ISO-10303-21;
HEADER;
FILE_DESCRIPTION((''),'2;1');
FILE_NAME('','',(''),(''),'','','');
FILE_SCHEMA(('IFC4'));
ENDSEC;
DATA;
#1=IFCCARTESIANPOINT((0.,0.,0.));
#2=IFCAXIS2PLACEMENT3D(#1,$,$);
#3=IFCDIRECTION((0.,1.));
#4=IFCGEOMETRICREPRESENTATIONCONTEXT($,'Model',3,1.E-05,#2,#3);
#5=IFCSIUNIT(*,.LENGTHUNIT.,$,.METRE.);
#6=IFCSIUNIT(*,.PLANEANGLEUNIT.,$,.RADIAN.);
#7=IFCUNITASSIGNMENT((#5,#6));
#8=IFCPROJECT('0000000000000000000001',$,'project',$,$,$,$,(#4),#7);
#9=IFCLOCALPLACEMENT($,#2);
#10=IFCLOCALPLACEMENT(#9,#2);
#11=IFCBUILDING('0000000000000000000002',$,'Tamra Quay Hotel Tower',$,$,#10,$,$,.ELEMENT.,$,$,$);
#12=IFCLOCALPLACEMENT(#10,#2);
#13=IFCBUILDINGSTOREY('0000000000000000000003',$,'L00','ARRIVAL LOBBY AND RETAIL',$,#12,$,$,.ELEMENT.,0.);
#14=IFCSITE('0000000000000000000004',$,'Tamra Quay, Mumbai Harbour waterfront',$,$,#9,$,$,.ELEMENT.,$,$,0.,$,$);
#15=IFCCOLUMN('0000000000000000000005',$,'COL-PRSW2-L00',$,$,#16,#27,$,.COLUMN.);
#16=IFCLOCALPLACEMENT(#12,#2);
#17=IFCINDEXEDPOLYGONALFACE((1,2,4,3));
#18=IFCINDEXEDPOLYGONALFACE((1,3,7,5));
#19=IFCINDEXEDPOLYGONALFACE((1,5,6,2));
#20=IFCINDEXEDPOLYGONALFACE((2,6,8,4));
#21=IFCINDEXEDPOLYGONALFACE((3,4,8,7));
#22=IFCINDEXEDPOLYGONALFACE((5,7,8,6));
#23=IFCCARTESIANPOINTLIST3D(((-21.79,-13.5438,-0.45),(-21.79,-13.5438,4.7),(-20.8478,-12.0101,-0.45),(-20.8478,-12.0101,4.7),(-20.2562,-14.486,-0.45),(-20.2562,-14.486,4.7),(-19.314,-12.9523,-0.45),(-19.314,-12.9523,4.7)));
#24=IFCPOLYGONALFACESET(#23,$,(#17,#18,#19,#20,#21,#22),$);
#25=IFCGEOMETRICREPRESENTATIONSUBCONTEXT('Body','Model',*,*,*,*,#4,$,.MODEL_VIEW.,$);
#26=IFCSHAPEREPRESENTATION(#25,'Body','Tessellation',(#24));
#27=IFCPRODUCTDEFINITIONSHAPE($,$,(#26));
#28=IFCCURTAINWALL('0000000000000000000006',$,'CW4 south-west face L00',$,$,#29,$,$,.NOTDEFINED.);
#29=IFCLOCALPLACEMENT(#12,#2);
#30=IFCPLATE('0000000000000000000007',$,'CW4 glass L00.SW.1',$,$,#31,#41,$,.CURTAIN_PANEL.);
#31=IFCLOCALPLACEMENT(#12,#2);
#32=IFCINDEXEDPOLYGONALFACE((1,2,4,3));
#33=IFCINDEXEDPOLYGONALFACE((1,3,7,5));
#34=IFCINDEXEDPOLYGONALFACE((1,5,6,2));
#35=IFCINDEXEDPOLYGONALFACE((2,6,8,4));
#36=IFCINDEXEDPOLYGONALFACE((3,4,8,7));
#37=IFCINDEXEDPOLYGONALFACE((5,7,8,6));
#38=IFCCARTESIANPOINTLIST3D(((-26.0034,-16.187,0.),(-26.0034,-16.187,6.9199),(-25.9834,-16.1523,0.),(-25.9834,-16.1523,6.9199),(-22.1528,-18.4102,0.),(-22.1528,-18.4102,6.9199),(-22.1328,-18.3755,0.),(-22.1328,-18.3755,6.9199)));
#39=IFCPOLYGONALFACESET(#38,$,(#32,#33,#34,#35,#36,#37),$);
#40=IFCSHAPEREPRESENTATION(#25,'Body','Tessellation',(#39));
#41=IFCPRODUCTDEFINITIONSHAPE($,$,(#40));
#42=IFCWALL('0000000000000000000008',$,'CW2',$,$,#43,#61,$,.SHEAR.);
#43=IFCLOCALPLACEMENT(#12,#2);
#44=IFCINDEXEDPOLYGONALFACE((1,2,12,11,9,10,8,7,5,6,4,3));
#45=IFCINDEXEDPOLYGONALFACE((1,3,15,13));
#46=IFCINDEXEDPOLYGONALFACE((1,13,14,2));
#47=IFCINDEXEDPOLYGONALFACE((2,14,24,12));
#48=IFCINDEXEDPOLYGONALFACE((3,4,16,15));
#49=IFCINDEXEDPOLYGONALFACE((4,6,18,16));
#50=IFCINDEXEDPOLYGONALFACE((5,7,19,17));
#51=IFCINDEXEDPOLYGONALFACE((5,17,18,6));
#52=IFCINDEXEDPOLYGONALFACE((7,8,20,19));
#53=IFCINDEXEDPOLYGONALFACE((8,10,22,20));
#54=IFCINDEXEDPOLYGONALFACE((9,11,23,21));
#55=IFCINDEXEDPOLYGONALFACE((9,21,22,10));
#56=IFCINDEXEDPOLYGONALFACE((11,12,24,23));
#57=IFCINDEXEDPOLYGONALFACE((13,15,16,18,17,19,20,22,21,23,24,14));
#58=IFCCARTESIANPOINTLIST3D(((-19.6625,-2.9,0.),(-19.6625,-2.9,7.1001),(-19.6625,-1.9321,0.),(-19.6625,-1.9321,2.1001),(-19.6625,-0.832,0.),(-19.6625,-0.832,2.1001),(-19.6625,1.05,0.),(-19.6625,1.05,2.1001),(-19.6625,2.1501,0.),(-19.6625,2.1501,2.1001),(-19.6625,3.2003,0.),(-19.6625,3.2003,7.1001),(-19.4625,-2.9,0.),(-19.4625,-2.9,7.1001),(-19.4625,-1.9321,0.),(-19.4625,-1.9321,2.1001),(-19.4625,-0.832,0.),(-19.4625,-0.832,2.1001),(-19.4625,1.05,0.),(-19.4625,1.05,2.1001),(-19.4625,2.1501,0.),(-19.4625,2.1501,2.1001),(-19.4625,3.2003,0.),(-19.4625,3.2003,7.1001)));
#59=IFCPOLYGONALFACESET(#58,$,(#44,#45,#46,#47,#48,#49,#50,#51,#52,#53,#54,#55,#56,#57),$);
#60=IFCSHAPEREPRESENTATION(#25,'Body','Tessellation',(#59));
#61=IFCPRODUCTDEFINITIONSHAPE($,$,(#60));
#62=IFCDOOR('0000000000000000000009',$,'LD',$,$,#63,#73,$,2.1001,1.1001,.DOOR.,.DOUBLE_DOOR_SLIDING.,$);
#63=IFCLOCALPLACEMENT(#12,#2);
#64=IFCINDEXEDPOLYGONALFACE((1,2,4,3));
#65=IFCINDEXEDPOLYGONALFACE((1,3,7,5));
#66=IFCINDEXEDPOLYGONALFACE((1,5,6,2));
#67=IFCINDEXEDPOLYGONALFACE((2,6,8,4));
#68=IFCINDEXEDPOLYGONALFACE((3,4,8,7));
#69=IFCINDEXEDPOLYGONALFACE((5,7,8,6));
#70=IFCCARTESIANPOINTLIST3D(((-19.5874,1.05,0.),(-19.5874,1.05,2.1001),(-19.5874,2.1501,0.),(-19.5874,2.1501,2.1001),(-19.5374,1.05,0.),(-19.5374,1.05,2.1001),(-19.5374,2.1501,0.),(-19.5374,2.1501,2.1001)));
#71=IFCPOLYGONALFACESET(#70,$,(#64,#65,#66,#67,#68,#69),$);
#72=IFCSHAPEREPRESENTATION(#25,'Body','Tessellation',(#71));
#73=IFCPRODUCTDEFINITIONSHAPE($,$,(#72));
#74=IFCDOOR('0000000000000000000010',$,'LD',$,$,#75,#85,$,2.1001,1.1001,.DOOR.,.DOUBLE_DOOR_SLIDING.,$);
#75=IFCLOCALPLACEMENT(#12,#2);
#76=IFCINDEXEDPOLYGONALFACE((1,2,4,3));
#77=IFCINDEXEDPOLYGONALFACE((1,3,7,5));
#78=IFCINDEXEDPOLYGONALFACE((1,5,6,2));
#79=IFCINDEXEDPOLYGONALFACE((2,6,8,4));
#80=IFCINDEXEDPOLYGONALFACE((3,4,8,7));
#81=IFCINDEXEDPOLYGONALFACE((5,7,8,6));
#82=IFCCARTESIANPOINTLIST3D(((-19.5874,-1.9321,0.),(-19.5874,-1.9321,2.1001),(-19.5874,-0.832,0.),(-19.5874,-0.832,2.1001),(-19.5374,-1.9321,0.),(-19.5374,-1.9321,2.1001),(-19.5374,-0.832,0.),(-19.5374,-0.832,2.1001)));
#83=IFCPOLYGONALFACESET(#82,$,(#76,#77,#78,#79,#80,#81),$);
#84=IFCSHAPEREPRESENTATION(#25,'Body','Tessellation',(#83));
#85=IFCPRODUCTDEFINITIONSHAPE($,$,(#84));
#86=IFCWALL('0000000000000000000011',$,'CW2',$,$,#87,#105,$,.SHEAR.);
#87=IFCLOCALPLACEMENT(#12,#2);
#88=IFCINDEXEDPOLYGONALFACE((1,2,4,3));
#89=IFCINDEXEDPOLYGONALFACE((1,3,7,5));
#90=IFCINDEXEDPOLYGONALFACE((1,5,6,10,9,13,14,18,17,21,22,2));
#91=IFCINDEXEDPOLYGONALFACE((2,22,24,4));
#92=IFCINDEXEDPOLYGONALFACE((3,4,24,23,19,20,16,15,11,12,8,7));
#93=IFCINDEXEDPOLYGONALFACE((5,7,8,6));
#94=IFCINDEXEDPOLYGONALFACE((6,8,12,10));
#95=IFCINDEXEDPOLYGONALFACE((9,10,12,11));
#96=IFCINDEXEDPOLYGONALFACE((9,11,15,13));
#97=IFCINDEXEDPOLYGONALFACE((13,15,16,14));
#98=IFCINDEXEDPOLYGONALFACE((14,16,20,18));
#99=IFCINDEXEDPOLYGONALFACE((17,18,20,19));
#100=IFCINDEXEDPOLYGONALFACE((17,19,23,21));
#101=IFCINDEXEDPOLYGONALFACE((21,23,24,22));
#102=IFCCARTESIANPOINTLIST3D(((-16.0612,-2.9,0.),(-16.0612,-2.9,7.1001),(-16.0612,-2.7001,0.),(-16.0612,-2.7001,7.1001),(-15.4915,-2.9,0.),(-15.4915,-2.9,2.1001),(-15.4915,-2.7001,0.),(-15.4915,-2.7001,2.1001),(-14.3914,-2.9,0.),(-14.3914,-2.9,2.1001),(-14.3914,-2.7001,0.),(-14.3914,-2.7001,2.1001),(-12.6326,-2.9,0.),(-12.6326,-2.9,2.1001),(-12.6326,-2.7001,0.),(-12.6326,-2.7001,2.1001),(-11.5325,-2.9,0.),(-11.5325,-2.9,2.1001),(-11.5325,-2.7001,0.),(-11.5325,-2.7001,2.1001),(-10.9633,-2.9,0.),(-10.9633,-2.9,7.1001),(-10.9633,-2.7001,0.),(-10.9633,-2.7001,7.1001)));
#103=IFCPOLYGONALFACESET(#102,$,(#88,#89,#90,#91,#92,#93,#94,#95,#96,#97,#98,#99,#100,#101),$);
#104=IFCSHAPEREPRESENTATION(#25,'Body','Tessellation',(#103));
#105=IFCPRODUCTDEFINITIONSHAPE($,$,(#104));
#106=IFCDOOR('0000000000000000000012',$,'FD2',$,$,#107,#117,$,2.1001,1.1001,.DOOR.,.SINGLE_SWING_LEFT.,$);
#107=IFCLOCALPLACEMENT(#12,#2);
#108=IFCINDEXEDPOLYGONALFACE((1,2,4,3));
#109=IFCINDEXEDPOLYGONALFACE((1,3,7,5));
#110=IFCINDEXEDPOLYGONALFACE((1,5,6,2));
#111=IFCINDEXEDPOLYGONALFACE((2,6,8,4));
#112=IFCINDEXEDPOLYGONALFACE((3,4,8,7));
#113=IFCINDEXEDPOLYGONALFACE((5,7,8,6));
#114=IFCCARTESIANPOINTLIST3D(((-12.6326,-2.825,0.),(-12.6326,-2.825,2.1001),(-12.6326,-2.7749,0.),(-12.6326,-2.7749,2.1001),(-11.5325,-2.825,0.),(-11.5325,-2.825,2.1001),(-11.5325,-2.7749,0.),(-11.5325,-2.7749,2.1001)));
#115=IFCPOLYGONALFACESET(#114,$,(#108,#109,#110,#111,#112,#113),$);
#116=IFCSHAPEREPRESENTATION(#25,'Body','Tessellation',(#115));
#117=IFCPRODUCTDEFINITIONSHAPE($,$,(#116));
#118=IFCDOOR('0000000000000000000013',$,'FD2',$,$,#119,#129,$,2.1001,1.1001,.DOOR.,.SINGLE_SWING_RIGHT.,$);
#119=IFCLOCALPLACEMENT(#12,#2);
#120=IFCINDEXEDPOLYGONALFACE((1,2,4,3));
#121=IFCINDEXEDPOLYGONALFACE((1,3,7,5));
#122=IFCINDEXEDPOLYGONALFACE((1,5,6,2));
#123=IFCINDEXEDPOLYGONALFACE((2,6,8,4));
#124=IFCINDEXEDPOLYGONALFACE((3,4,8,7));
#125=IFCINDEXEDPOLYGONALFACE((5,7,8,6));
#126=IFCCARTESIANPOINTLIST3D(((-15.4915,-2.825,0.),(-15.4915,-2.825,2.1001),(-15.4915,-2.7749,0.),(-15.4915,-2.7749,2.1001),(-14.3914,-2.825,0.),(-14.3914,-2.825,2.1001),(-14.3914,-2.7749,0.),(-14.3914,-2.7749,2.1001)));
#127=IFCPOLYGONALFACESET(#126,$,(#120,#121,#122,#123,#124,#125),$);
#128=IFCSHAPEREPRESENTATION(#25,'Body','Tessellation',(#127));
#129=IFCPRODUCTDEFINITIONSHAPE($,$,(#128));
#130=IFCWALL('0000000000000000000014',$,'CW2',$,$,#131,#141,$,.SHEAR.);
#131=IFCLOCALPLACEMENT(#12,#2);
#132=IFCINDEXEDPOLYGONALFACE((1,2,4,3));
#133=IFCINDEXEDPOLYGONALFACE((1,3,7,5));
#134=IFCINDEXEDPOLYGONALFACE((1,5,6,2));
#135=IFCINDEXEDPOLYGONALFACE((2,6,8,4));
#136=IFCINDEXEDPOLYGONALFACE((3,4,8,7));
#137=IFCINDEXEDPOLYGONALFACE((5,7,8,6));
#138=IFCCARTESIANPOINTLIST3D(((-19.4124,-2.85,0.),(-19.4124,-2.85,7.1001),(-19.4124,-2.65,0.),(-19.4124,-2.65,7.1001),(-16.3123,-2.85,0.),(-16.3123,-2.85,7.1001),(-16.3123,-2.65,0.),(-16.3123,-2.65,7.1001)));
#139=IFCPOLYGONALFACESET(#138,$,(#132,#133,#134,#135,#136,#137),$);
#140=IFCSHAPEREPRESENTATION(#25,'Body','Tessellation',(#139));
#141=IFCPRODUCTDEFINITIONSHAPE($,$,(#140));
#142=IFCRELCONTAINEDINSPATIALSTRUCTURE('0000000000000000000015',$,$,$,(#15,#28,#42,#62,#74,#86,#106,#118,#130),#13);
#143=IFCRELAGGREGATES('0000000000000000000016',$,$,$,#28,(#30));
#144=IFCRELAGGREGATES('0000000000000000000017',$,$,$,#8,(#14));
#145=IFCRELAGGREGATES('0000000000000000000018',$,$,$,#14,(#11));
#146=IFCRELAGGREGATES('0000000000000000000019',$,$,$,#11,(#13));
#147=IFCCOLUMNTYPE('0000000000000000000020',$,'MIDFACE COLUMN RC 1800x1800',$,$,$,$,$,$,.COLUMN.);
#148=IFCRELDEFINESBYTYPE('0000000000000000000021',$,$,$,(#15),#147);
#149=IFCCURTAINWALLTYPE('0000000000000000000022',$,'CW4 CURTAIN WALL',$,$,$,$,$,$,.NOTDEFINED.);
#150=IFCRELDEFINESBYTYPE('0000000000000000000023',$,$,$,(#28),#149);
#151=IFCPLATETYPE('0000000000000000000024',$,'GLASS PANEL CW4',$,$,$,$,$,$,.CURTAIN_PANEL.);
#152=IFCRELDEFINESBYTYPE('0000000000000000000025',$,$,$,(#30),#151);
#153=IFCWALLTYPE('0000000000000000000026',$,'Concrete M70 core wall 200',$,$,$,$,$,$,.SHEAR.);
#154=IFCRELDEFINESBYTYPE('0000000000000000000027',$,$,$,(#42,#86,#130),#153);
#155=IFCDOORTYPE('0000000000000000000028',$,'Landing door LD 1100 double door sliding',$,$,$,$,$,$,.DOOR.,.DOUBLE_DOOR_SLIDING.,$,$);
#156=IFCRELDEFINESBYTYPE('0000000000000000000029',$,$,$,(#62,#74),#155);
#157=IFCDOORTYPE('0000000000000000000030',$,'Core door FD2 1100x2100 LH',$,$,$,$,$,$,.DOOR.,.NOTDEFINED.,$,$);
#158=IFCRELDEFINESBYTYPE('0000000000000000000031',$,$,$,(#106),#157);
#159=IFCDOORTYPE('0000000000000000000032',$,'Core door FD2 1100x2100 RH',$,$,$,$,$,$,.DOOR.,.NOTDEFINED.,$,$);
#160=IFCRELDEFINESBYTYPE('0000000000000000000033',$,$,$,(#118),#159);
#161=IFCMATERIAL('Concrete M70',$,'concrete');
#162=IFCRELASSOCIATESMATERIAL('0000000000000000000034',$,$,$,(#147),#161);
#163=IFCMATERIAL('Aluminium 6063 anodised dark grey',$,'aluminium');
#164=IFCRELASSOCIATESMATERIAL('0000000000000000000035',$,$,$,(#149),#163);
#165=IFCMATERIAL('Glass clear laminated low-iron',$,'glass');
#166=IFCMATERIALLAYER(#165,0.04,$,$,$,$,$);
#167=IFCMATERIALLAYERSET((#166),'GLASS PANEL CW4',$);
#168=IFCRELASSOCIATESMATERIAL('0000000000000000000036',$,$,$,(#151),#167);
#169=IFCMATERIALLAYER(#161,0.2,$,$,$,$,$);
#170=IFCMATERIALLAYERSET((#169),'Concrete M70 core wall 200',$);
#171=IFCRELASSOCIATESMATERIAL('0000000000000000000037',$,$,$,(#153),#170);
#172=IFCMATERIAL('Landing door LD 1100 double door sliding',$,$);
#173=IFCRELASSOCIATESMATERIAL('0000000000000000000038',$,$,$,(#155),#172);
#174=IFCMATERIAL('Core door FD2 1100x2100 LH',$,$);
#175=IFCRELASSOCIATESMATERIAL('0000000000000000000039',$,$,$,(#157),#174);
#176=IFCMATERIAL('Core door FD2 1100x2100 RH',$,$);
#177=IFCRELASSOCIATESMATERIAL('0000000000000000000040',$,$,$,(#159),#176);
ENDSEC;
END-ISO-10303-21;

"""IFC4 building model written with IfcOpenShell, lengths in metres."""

from ifc_helpers import new_model, si_unit, direction, frame, frame_2d, origin, origin_2d, place, context, subcontext, project, spatial, rectangle, extrude, material, layer, layer_set, material_profile, profile_set, type_object, element, fill, aggregate, save


model = new_model("IFC4")

# Units and contexts
model_context = context("Model", 3, precision=1e-05, world=origin(), true_north=direction((0.0, 1.0)))
body_context = subcontext(model_context, "Body", "Model", "MODEL_VIEW")
ifc_project = project(units=[si_unit("LENGTHUNIT", "METRE"), si_unit("PLANEANGLEUNIT", "RADIAN")], contexts=[model_context])

# Site, building, storey
site_placement = place(None, origin())
site = spatial("IfcSite", under=ifc_project, at=site_placement, Name="Tamra Quay, Mumbai Harbour waterfront", CompositionType="ELEMENT", RefElevation=0.0)
building_placement = place(site_placement, origin())
building = spatial("IfcBuilding", under=site, at=building_placement, Name="Tamra Quay Hotel Tower", CompositionType="ELEMENT")
storey_placement = place(building_placement, origin())
storey = spatial("IfcBuildingStorey", under=building, at=storey_placement, Name="L00", Description="ARRIVAL LOBBY AND RETAIL", CompositionType="ELEMENT", Elevation=0.0)

# Column
ifc_material_1 = material(Name="Concrete M70", Category="concrete")
ifc_material_profile = material_profile(ifc_material_1, rectangle(XDim=1.8, YDim=1.8, at=origin_2d()), Name="MIDFACE COLUMN RC 1800x1800")
ifc_profile_set = profile_set([ifc_material_profile], Name="Concrete M70")
column_type = type_object("IfcColumnType", Name="MIDFACE COLUMN RC 1800x1800", PredefinedType="COLUMN", material=ifc_profile_set)
column_placement = place(storey_placement, frame((-20.552, -13.248, -0.45), z_axis=(0.0, 0.0, 1.0), x_axis=(0.52343, 0.852069, 0.0)))
element("IfcColumn", 1, at=column_placement, inside=storey, type_object=column_type, Name="COL-PRSW2-L00", PredefinedType="COLUMN", context=body_context, shape_type="SweptSolid", body=[
    extrude(rectangle(XDim=1.8, YDim=1.8, at=origin_2d()), origin(), (0.0, 0.0, 1.0), 5.1499),
])

# Curtain wall, plate
ifc_material_2 = material(Name="Aluminium 6063 anodised dark grey", Category="aluminium")
curtain_wall_type = type_object("IfcCurtainWallType", Name="CW4 CURTAIN WALL", PredefinedType="NOTDEFINED", material=ifc_material_2)
curtain_wall_placement = place(storey_placement, origin())
curtain_wall = element("IfcCurtainWall", 2, at=curtain_wall_placement, inside=storey, type_object=curtain_wall_type, Name="CW4 south-west face L00", PredefinedType="NOTDEFINED")
ifc_material_3 = material(Name="Glass clear laminated low-iron", Category="glass")
ifc_layer_1 = layer(ifc_material_3, 0.04)
ifc_layer_set_1 = layer_set([ifc_layer_1], Name="GLASS PANEL CW4")
plate_type = type_object("IfcPlateType", Name="GLASS PANEL CW4", PredefinedType="CURTAIN_PANEL", material=ifc_layer_set_1)
plate_placement = place(storey_placement, frame((-24.0681, -17.2812, 0.0), z_axis=(0.0, 0.0, 1.0), x_axis=(0.866025, -0.5, 0.0)))
plate = element("IfcPlate", 3, at=plate_placement, type_object=plate_type, Name="CW4 glass L00.SW.1", PredefinedType="CURTAIN_PANEL", context=body_context, shape_type="SweptSolid", body=[
    extrude(rectangle(XDim=4.4463, YDim=0.04, at=origin_2d()), origin(), (0.0, 0.0, 1.0), 6.9199),
])
aggregate(curtain_wall, [plate])

# Walls, openings, doors
ifc_layer_2 = layer(ifc_material_1, 0.2)
ifc_layer_set_2 = layer_set([ifc_layer_2], Name="Concrete M70 core wall 200")
wall_type_1 = type_object("IfcWallType", Name="Concrete M70 core wall 200", PredefinedType="SHEAR", material=ifc_layer_set_2)
wall_1_placement = place(storey_placement, frame((-19.5625, -2.9001, 0.0), z_axis=(0.0, 0.0, 1.0), x_axis=(0.0, 1.0, 0.0)))
wall_1 = element("IfcWall", 4, at=wall_1_placement, inside=storey, type_object=wall_type_1, Name="CW2", PredefinedType="SHEAR", context=body_context, shape_type="SweptSolid", body=[
    extrude(rectangle(XDim=6.1003, YDim=0.2, at=frame_2d((3.0503, 0.0))), origin(), (0.0, 0.0, 1.0), 7.1001),
])
opening_1_placement = place(wall_1_placement, frame((3.9502, 0.0, 0.0)))
opening_1 = element("IfcOpeningElement", 5, at=opening_1_placement, cuts=wall_1, PredefinedType="OPENING", context=body_context, shape_type="SweptSolid", body=[
    extrude(rectangle(XDim=1.1001, YDim=2.1001, at=frame_2d((0.55, 1.05))), frame((0.0, 0.1099, 0.0), z_axis=(0.0, -1.0, 0.0), x_axis=(1.0, 0.0, 0.0)), (0.0, 0.0, 1.0), 0.22),
])
opening_2_placement = place(wall_1_placement, frame((0.968, 0.0, 0.0)))
opening_2 = element("IfcOpeningElement", 6, at=opening_2_placement, cuts=wall_1, PredefinedType="OPENING", context=body_context, shape_type="SweptSolid", body=[
    extrude(rectangle(XDim=1.1001, YDim=2.1001, at=frame_2d((0.55, 1.05))), frame((0.0, 0.1099, 0.0), z_axis=(0.0, -1.0, 0.0), x_axis=(1.0, 0.0, 0.0)), (0.0, 0.0, 1.0), 0.22),
])
ifc_material_4 = material(Name="Landing door LD 1100 double door sliding")
door_type_1 = type_object("IfcDoorType", Name="Landing door LD 1100 double door sliding", OperationType="DOUBLE_DOOR_SLIDING", PredefinedType="DOOR", material=ifc_material_4)
door_1_placement = place(opening_1_placement, origin())
door_1 = element("IfcDoor", 7, at=door_1_placement, inside=storey, type_object=door_type_1, Name="LD", OperationType="DOUBLE_DOOR_SLIDING", OverallHeight=2.1001, OverallWidth=1.1001, PredefinedType="DOOR", context=body_context, shape_type="SweptSolid", body=[
    extrude(rectangle(XDim=1.1001, YDim=2.1001, at=frame_2d((0.55, 1.05))), frame((0.0, 0.0249, 0.0), z_axis=(0.0, -1.0, 0.0), x_axis=(1.0, 0.0, 0.0)), (0.0, 0.0, 1.0), 0.05),
])
fill(opening_1, door_1)
door_2_placement = place(opening_2_placement, origin())
door_2 = element("IfcDoor", 8, at=door_2_placement, inside=storey, type_object=door_type_1, Name="LD", OperationType="DOUBLE_DOOR_SLIDING", OverallHeight=2.1001, OverallWidth=1.1001, PredefinedType="DOOR", context=body_context, shape_type="SweptSolid", body=[
    extrude(rectangle(XDim=1.1001, YDim=2.1001, at=frame_2d((0.55, 1.05))), frame((0.0, 0.0249, 0.0), z_axis=(0.0, -1.0, 0.0), x_axis=(1.0, 0.0, 0.0)), (0.0, 0.0, 1.0), 0.05),
])
fill(opening_2, door_2)
wall_2_placement = place(storey_placement, frame((-10.9634, -2.8, 0.0), z_axis=(0.0, 0.0, 1.0), x_axis=(-1.0, 0.0, 0.0)))
wall_2 = element("IfcWall", 9, at=wall_2_placement, inside=storey, type_object=wall_type_1, Name="CW2", PredefinedType="SHEAR", context=body_context, shape_type="SweptSolid", body=[
    extrude(rectangle(XDim=5.0979, YDim=0.2, at=frame_2d((2.5488, 0.0))), origin(), (0.0, 0.0, 1.0), 7.1001),
])
opening_3_placement = place(wall_2_placement, frame((0.5691, 0.0, 0.0)))
opening_3 = element("IfcOpeningElement", 10, at=opening_3_placement, cuts=wall_2, PredefinedType="OPENING", context=body_context, shape_type="SweptSolid", body=[
    extrude(rectangle(XDim=1.1001, YDim=2.1001, at=frame_2d((0.55, 1.05))), frame((0.0, 0.1099, 0.0), z_axis=(0.0, -1.0, 0.0), x_axis=(1.0, 0.0, 0.0)), (0.0, 0.0, 1.0), 0.22),
])
opening_4_placement = place(wall_2_placement, frame((3.428, 0.0, 0.0)))
opening_4 = element("IfcOpeningElement", 11, at=opening_4_placement, cuts=wall_2, PredefinedType="OPENING", context=body_context, shape_type="SweptSolid", body=[
    extrude(rectangle(XDim=1.1001, YDim=2.1001, at=frame_2d((0.55, 1.05))), frame((0.0, 0.1099, 0.0), z_axis=(0.0, -1.0, 0.0), x_axis=(1.0, 0.0, 0.0)), (0.0, 0.0, 1.0), 0.22),
])
ifc_material_5 = material(Name="Core door FD2 1100x2100 LH")
door_type_2 = type_object("IfcDoorType", Name="Core door FD2 1100x2100 LH", OperationType="NOTDEFINED", PredefinedType="DOOR", material=ifc_material_5)
door_3_placement = place(opening_3_placement, origin())
door_3 = element("IfcDoor", 12, at=door_3_placement, inside=storey, type_object=door_type_2, Name="FD2", OperationType="SINGLE_SWING_LEFT", OverallHeight=2.1001, OverallWidth=1.1001, PredefinedType="DOOR", context=body_context, shape_type="SweptSolid", body=[
    extrude(rectangle(XDim=1.1001, YDim=2.1001, at=frame_2d((0.55, 1.05))), frame((0.0, 0.0249, 0.0), z_axis=(0.0, -1.0, 0.0), x_axis=(1.0, 0.0, 0.0)), (0.0, 0.0, 1.0), 0.05),
])
fill(opening_3, door_3)
ifc_material_6 = material(Name="Core door FD2 1100x2100 RH")
door_type_3 = type_object("IfcDoorType", Name="Core door FD2 1100x2100 RH", OperationType="NOTDEFINED", PredefinedType="DOOR", material=ifc_material_6)
door_4_placement = place(opening_4_placement, origin())
door_4 = element("IfcDoor", 13, at=door_4_placement, inside=storey, type_object=door_type_3, Name="FD2", OperationType="SINGLE_SWING_RIGHT", OverallHeight=2.1001, OverallWidth=1.1001, PredefinedType="DOOR", context=body_context, shape_type="SweptSolid", body=[
    extrude(rectangle(XDim=1.1001, YDim=2.1001, at=frame_2d((0.55, 1.05))), frame((0.0, 0.0249, 0.0), z_axis=(0.0, -1.0, 0.0), x_axis=(1.0, 0.0, 0.0)), (0.0, 0.0, 1.0), 0.05),
])
fill(opening_4, door_4)

# Wall
wall_3_placement = place(storey_placement, frame((-19.4124, -2.75, 0.0), z_axis=(0.0, 0.0, 1.0), x_axis=(1.0, 0.0, 0.0)))
element("IfcWall", 14, at=wall_3_placement, inside=storey, type_object=wall_type_1, Name="CW2", PredefinedType="SHEAR", context=body_context, shape_type="SweptSolid", body=[
    extrude(rectangle(XDim=3.1001, YDim=0.2, at=frame_2d((1.55, 0.0))), origin(), (0.0, 0.0, 1.0), 7.1001),
])

save(model, "model.ifc")
